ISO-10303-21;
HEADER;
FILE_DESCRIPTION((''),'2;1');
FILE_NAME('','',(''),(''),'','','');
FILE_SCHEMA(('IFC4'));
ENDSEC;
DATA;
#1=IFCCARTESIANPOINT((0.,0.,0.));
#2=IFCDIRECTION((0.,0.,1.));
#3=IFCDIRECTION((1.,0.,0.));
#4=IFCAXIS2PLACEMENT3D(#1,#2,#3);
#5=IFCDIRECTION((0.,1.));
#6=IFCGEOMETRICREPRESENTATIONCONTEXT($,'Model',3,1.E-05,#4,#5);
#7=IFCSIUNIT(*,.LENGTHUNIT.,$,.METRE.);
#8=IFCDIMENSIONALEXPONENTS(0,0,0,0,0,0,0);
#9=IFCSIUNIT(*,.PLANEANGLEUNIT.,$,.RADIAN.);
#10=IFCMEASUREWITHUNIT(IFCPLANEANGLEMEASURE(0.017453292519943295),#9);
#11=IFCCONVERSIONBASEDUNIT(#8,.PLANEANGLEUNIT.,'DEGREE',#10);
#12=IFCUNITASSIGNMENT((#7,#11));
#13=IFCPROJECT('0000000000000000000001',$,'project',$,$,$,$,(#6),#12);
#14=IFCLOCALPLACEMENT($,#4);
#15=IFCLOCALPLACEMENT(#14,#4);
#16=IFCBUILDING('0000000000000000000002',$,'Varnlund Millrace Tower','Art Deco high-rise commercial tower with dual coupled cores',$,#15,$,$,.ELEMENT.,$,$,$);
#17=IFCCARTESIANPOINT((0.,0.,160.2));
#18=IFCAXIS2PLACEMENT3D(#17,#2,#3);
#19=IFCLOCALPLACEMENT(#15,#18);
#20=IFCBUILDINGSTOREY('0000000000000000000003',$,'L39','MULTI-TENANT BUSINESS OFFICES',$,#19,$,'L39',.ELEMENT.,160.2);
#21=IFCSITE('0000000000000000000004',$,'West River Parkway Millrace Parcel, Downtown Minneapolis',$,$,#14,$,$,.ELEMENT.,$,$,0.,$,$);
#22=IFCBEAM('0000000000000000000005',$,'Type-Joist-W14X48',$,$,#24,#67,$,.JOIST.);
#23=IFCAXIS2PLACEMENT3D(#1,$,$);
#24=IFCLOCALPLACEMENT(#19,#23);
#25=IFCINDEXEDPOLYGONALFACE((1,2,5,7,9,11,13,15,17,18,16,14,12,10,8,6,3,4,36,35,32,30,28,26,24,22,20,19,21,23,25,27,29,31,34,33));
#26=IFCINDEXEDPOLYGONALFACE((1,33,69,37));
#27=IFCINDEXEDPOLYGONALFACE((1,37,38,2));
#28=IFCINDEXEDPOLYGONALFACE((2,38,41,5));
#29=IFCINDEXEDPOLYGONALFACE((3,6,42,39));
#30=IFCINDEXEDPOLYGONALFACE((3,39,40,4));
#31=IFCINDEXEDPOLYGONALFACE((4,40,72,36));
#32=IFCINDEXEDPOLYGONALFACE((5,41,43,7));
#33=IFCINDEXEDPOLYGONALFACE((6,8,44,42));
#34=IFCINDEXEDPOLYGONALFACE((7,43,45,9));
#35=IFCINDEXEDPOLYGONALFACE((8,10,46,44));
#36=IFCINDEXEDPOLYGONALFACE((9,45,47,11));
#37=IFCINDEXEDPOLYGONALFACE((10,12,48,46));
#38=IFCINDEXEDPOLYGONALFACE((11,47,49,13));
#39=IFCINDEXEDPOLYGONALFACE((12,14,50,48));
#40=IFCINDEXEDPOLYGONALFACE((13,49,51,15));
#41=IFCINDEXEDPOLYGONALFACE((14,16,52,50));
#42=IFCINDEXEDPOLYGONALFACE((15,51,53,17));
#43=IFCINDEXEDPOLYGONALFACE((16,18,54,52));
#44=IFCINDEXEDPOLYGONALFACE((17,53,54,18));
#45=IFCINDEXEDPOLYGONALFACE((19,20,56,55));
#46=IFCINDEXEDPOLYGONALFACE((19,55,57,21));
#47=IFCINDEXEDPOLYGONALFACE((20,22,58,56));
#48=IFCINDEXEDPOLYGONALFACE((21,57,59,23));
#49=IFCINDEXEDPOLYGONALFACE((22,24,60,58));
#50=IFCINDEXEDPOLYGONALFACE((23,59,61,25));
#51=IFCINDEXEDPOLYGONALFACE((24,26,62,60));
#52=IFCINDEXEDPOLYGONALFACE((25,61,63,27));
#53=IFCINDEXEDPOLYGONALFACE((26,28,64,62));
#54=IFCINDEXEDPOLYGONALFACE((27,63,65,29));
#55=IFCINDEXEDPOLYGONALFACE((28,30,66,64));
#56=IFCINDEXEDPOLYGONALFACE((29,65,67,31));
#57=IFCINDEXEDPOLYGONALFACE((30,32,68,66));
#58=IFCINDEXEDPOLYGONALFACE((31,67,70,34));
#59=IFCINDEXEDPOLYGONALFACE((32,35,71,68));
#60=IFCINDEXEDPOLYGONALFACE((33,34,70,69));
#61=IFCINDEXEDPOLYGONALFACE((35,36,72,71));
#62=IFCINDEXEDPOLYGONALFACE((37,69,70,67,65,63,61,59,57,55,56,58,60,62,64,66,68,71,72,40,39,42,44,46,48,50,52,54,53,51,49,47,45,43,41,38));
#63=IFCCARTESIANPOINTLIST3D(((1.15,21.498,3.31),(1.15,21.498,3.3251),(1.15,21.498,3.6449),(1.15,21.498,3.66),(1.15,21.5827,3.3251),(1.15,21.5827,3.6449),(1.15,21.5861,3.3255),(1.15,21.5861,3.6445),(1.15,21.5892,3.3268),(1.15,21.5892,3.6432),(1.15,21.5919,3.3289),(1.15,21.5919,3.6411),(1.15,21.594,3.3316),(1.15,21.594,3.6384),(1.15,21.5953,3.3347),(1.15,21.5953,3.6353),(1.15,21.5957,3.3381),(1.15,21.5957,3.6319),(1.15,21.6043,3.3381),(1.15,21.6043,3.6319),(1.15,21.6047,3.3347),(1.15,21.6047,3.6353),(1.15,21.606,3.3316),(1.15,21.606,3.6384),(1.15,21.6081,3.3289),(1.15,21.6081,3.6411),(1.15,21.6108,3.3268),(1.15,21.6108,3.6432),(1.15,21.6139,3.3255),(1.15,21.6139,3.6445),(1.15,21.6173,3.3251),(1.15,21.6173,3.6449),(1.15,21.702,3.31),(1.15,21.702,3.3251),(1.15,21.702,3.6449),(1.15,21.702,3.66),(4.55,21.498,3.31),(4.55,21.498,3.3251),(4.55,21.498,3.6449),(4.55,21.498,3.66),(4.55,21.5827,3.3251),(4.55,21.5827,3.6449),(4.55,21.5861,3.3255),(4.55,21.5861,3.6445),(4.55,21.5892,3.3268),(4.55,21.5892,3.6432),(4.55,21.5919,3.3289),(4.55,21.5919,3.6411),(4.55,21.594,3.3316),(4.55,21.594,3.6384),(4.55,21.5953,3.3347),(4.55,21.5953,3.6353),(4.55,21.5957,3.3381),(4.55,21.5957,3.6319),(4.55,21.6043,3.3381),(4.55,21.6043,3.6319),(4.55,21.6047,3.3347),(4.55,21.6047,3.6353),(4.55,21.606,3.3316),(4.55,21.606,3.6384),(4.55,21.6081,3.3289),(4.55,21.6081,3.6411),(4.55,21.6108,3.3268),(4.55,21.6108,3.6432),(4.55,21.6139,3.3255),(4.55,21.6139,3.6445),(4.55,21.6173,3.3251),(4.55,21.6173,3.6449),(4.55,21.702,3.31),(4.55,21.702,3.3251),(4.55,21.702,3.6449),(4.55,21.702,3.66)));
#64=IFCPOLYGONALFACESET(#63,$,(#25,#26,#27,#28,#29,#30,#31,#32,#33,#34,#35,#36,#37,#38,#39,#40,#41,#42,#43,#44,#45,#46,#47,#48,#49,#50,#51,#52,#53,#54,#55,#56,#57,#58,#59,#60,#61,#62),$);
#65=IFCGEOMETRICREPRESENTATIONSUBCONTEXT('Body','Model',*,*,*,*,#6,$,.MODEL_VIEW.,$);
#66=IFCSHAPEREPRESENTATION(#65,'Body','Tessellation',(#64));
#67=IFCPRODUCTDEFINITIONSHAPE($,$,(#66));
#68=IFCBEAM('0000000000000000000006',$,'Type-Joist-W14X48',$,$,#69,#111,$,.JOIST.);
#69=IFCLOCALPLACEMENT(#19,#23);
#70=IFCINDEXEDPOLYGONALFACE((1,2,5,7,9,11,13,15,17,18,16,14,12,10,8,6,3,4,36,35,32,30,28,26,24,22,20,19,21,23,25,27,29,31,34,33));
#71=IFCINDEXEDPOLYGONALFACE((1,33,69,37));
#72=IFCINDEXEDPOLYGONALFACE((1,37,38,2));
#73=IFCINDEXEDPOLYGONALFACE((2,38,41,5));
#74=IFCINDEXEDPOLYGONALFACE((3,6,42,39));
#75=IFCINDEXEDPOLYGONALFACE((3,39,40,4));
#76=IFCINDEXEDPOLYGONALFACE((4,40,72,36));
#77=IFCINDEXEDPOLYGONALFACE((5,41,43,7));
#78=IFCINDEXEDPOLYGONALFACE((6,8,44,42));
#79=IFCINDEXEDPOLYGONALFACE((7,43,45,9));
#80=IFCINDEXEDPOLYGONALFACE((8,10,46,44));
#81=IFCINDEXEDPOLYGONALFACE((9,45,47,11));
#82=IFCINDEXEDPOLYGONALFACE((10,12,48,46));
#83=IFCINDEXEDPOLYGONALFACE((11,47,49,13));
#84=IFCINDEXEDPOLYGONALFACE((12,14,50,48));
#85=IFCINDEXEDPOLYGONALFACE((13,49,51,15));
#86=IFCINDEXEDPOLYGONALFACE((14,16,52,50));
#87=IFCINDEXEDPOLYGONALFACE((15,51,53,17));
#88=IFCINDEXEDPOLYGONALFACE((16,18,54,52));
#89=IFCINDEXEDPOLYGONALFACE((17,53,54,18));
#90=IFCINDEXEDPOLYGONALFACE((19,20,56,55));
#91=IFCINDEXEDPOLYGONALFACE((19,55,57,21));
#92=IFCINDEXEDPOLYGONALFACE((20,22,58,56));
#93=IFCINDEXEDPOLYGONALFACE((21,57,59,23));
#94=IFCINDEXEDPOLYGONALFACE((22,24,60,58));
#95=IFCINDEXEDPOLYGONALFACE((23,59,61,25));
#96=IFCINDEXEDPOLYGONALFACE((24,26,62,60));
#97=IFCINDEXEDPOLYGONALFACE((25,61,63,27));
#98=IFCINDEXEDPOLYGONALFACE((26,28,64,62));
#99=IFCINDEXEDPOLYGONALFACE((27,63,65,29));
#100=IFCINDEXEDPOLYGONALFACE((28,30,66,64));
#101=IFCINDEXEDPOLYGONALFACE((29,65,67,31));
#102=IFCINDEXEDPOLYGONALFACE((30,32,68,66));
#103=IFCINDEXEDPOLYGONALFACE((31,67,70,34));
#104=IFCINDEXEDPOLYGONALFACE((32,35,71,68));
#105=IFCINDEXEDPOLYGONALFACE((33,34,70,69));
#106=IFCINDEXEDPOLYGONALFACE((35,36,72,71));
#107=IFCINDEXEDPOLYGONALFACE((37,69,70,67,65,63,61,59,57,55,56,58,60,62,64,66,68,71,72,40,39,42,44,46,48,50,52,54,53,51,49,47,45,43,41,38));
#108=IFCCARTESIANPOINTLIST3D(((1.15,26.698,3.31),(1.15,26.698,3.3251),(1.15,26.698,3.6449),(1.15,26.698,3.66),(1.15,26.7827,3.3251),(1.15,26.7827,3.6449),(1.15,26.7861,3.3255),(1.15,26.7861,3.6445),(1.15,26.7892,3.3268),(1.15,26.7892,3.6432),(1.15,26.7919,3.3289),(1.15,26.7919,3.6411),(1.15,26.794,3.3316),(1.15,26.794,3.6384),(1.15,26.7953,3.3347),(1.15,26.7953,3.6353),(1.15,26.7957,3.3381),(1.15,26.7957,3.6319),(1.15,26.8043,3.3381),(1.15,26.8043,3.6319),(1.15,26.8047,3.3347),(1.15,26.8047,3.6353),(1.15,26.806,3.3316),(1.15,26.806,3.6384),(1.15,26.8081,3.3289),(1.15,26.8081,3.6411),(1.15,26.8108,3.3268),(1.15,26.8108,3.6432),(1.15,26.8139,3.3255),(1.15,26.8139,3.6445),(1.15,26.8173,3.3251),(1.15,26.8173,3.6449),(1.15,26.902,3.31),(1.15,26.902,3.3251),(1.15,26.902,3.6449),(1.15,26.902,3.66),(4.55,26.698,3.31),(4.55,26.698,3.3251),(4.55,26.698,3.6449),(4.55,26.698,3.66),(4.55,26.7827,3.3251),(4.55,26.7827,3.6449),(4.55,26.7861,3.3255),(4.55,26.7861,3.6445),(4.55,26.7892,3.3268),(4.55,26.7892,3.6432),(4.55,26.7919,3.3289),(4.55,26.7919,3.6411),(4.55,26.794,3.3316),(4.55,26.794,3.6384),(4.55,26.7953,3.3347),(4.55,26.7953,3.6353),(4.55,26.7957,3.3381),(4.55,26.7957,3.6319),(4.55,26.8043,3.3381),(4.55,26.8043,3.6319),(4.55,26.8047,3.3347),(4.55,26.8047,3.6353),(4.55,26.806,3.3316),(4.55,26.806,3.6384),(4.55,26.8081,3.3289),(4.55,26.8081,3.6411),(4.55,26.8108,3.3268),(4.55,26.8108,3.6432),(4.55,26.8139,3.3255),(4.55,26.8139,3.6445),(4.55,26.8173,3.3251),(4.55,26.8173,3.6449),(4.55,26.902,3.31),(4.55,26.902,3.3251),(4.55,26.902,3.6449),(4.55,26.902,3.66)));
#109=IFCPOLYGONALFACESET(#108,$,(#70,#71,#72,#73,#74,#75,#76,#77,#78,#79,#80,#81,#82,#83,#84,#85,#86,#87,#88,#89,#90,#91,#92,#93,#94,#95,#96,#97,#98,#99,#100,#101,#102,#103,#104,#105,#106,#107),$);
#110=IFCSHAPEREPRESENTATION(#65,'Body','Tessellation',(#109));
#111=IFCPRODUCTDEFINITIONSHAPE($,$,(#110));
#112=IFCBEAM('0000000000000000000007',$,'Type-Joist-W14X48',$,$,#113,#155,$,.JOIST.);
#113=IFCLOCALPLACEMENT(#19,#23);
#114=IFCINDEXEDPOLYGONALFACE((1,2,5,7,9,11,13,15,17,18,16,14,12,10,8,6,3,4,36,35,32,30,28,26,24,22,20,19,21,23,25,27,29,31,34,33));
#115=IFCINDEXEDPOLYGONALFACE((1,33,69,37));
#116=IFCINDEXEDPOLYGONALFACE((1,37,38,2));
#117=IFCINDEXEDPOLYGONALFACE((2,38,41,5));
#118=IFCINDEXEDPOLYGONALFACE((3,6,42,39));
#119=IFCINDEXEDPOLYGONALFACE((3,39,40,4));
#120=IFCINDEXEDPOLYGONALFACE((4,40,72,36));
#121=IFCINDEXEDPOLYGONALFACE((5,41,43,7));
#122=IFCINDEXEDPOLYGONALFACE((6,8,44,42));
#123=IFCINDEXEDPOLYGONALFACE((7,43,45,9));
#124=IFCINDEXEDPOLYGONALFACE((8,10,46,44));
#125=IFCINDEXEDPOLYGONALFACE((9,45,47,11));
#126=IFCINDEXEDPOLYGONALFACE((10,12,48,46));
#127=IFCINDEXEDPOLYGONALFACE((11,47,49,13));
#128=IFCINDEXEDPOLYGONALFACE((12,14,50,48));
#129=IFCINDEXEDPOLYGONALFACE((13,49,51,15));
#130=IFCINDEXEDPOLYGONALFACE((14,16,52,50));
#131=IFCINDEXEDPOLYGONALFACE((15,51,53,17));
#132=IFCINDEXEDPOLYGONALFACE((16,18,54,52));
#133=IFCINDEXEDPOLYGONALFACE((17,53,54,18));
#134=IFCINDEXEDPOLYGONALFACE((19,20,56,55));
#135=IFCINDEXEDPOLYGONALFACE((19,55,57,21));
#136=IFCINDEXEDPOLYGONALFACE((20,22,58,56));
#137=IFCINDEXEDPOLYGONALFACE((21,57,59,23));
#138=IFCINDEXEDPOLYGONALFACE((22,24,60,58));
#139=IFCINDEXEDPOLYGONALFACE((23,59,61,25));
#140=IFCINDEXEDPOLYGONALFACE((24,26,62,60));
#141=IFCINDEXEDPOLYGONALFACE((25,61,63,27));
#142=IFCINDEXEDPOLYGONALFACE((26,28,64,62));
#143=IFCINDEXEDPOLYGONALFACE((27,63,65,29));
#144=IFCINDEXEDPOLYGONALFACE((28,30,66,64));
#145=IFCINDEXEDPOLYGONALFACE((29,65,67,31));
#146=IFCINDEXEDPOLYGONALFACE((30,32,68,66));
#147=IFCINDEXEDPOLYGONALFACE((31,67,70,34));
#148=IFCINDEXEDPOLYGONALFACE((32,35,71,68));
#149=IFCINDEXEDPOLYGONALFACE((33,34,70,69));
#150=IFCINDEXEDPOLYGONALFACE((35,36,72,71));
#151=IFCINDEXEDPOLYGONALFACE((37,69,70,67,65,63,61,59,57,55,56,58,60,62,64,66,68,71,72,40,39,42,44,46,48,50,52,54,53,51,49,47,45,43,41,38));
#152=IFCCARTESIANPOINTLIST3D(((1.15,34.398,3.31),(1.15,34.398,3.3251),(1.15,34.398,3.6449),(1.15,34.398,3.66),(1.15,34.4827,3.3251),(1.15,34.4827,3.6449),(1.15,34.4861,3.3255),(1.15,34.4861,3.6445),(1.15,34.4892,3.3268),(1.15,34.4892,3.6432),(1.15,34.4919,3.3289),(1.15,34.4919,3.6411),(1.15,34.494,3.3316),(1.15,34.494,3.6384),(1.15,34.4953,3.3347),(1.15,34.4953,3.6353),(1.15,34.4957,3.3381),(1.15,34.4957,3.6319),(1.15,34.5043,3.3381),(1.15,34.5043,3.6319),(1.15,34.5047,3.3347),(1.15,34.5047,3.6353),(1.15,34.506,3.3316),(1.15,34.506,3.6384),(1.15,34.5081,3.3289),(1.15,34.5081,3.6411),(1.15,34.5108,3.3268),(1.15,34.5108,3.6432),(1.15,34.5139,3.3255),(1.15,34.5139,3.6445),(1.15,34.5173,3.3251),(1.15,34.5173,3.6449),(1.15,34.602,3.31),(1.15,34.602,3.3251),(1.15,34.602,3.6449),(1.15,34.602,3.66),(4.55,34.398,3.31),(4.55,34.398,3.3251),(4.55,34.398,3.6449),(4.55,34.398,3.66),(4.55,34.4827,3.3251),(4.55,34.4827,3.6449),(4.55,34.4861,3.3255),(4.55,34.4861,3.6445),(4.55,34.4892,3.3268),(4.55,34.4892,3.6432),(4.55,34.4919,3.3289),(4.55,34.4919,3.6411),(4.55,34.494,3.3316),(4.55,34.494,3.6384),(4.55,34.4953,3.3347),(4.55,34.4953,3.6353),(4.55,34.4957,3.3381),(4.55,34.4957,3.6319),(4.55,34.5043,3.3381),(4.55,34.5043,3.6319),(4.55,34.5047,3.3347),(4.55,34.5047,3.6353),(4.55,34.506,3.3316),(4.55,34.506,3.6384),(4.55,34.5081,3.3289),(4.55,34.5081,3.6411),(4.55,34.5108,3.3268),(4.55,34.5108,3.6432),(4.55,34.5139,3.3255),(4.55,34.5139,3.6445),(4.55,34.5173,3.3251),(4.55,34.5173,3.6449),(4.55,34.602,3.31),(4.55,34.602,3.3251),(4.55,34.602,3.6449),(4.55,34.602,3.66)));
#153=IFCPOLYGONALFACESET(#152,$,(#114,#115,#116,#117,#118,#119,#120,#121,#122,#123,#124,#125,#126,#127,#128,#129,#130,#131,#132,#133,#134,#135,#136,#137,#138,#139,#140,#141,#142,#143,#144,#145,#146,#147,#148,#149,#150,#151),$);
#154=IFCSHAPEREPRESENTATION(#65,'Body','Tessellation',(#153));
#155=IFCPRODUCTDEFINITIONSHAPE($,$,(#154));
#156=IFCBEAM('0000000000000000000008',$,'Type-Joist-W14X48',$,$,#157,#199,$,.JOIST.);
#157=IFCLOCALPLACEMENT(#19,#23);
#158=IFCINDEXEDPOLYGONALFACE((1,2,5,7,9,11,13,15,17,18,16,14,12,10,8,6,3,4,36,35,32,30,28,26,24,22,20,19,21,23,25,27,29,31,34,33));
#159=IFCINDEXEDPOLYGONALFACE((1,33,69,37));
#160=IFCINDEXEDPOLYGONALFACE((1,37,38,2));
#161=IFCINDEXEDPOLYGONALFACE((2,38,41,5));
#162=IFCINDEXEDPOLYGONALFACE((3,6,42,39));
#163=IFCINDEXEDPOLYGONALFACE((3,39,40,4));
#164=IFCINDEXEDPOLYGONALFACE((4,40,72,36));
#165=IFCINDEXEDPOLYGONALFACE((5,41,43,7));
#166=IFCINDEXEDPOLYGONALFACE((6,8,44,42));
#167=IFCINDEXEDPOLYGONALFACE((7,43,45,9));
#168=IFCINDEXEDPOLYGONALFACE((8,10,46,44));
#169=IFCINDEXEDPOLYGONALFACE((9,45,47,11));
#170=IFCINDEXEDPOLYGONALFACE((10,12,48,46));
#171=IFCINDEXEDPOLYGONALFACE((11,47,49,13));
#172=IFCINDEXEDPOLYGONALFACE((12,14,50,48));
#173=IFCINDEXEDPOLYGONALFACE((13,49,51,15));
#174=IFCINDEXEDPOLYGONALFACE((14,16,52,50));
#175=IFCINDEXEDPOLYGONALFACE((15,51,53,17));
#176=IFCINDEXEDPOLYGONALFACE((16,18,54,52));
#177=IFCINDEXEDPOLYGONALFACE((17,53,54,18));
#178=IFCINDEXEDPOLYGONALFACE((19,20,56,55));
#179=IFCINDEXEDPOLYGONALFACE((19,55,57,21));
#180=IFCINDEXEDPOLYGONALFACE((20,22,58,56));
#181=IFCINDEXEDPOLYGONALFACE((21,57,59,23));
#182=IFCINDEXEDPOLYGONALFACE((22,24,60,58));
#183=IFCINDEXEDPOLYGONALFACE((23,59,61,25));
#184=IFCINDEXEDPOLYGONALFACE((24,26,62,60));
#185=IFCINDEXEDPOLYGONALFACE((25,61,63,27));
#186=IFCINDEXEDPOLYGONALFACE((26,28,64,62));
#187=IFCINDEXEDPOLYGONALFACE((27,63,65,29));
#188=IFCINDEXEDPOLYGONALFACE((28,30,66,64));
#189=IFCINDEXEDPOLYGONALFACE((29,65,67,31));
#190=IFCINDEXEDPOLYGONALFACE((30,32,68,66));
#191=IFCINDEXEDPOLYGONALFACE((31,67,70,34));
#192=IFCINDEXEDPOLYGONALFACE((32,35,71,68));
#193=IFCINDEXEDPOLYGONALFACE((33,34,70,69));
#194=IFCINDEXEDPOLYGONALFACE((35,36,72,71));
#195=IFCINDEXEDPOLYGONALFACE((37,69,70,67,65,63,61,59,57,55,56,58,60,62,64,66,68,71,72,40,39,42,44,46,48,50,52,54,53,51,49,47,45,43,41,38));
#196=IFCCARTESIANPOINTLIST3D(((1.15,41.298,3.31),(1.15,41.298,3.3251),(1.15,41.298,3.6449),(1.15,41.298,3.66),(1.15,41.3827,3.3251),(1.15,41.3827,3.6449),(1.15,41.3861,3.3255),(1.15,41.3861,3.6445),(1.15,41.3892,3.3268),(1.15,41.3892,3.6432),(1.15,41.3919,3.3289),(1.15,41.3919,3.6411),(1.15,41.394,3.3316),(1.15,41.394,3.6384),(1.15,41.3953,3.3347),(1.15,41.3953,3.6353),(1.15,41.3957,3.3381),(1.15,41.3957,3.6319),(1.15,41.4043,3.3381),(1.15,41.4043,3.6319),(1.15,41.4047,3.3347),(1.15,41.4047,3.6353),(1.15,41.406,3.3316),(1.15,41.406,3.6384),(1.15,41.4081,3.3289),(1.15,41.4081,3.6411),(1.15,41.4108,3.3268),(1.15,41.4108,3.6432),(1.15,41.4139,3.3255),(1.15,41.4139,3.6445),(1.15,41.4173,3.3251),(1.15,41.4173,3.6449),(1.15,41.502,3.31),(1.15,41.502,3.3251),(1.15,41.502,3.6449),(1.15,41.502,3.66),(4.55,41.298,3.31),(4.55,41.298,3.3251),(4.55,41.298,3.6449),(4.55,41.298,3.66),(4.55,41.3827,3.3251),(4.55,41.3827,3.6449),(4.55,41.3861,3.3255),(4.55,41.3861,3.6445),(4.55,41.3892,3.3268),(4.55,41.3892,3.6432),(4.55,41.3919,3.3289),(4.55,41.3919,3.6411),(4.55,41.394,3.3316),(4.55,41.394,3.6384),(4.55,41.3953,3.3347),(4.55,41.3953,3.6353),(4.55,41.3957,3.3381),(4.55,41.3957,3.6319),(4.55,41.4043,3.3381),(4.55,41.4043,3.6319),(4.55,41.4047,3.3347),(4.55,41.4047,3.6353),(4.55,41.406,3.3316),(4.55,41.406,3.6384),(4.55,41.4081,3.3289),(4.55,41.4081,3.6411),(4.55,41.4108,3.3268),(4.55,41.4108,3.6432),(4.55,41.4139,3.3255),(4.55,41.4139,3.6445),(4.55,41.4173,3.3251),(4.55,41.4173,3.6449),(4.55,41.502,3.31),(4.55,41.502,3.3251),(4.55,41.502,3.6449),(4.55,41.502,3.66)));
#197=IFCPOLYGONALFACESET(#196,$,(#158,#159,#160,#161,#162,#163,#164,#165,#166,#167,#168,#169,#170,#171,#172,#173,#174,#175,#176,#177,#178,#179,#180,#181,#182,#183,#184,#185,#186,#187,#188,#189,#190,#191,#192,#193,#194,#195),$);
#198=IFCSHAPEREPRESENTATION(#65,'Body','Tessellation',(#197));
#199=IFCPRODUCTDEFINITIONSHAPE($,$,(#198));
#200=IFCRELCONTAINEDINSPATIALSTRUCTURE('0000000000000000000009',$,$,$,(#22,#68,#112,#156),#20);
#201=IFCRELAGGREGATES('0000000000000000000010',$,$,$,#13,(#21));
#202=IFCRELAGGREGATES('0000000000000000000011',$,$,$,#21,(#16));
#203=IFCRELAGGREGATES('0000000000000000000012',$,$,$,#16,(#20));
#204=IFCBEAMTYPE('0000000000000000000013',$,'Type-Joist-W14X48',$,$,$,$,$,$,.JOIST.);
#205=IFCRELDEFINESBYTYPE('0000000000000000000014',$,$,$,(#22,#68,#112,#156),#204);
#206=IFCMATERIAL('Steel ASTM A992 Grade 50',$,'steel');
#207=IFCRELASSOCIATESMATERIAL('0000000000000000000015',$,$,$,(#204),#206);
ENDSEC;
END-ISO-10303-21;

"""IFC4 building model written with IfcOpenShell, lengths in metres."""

from ifc_helpers import new_model, entity, si_unit, converted_unit, direction, frame, origin_with_axes, origin_2d_with_axis, place, context, subcontext, project, spatial, i_section, extrude, material, material_profile, profile_set, type_object, element, save


model = new_model("IFC4")

# Units and contexts
model_context = context("Model", 3, precision=1e-05, world=origin_with_axes(), true_north=direction((0.0, 1.0)))
body_context = subcontext(model_context, "Body", "Model", "MODEL_VIEW")
ifc_project = project(units=[si_unit("LENGTHUNIT", "METRE"), converted_unit("PLANEANGLEUNIT", "DEGREE", entity("IfcPlaneAngleMeasure", 0.017453292519943295), si_unit("PLANEANGLEUNIT", "RADIAN"), dimensions=[0, 0, 0, 0, 0, 0, 0])], contexts=[model_context])

# Site, building, storey
site_placement = place(None, origin_with_axes())
site = spatial("IfcSite", under=ifc_project, at=site_placement, Name="West River Parkway Millrace Parcel, Downtown Minneapolis", CompositionType="ELEMENT", RefElevation=0.0)
building_placement = place(site_placement, origin_with_axes())
building = spatial("IfcBuilding", under=site, at=building_placement, Name="Varnlund Millrace Tower", Description="Art Deco high-rise commercial tower with dual coupled cores", CompositionType="ELEMENT")
storey_placement = place(building_placement, frame((0.0, 0.0, 160.2), z_axis=(0.0, 0.0, 1.0), x_axis=(1.0, 0.0, 0.0)))
storey = spatial("IfcBuildingStorey", under=building, at=storey_placement, Name="L39", Description="MULTI-TENANT BUSINESS OFFICES", LongName="L39", CompositionType="ELEMENT", Elevation=160.2)

# Beams
ifc_material_1 = material(Name="Steel ASTM A992 Grade 50", Category="steel")
ifc_material_profile_1 = material_profile(ifc_material_1, i_section(OverallWidth=0.204, OverallDepth=0.35, WebThickness=0.0086, FlangeThickness=0.0151, FilletRadius=0.013, at=origin_2d_with_axis()), Name="Steel ASTM A992 Grade 50")
ifc_profile_set_1 = profile_set([ifc_material_profile_1], Name="Steel ASTM A992 Grade 50")
beam_type_1 = type_object("IfcBeamType", Name="Type-Joist-W14X48", PredefinedType="JOIST", material=ifc_profile_set_1)
for number, where, z_axis, x_axis, name in (
    (1, (1.15, 21.6, 3.485), (1.0, 0.0, 0.0), (0.0, 1.0, 0.0), "Type-Joist-W14X48"),
    (2, (1.15, 26.8, 3.485), (1.0, 0.0, 0.0), (0.0, 1.0, 0.0), "Type-Joist-W14X48"),
    (3, (1.15, 34.5, 3.485), (1.0, 0.0, 0.0), (0.0, 1.0, 0.0), "Type-Joist-W14X48"),
    (4, (1.15, 41.4, 3.485), (1.0, 0.0, 0.0), (0.0, 1.0, 0.0), "Type-Joist-W14X48"),
):
    element("IfcBeam", number, at=place(storey_placement, frame(where, z_axis=z_axis, x_axis=x_axis)), inside=storey, type_object=beam_type_1, Name=name, PredefinedType="JOIST", context=body_context, shape_type="SweptSolid", body=[
        extrude(i_section(OverallWidth=0.204, OverallDepth=0.35, WebThickness=0.0086, FlangeThickness=0.0151, FilletRadius=0.013, at=origin_2d_with_axis()), origin_with_axes(), (0.0, 0.0, 1.0), 3.4),
    ])

save(model, "model.ifc")
